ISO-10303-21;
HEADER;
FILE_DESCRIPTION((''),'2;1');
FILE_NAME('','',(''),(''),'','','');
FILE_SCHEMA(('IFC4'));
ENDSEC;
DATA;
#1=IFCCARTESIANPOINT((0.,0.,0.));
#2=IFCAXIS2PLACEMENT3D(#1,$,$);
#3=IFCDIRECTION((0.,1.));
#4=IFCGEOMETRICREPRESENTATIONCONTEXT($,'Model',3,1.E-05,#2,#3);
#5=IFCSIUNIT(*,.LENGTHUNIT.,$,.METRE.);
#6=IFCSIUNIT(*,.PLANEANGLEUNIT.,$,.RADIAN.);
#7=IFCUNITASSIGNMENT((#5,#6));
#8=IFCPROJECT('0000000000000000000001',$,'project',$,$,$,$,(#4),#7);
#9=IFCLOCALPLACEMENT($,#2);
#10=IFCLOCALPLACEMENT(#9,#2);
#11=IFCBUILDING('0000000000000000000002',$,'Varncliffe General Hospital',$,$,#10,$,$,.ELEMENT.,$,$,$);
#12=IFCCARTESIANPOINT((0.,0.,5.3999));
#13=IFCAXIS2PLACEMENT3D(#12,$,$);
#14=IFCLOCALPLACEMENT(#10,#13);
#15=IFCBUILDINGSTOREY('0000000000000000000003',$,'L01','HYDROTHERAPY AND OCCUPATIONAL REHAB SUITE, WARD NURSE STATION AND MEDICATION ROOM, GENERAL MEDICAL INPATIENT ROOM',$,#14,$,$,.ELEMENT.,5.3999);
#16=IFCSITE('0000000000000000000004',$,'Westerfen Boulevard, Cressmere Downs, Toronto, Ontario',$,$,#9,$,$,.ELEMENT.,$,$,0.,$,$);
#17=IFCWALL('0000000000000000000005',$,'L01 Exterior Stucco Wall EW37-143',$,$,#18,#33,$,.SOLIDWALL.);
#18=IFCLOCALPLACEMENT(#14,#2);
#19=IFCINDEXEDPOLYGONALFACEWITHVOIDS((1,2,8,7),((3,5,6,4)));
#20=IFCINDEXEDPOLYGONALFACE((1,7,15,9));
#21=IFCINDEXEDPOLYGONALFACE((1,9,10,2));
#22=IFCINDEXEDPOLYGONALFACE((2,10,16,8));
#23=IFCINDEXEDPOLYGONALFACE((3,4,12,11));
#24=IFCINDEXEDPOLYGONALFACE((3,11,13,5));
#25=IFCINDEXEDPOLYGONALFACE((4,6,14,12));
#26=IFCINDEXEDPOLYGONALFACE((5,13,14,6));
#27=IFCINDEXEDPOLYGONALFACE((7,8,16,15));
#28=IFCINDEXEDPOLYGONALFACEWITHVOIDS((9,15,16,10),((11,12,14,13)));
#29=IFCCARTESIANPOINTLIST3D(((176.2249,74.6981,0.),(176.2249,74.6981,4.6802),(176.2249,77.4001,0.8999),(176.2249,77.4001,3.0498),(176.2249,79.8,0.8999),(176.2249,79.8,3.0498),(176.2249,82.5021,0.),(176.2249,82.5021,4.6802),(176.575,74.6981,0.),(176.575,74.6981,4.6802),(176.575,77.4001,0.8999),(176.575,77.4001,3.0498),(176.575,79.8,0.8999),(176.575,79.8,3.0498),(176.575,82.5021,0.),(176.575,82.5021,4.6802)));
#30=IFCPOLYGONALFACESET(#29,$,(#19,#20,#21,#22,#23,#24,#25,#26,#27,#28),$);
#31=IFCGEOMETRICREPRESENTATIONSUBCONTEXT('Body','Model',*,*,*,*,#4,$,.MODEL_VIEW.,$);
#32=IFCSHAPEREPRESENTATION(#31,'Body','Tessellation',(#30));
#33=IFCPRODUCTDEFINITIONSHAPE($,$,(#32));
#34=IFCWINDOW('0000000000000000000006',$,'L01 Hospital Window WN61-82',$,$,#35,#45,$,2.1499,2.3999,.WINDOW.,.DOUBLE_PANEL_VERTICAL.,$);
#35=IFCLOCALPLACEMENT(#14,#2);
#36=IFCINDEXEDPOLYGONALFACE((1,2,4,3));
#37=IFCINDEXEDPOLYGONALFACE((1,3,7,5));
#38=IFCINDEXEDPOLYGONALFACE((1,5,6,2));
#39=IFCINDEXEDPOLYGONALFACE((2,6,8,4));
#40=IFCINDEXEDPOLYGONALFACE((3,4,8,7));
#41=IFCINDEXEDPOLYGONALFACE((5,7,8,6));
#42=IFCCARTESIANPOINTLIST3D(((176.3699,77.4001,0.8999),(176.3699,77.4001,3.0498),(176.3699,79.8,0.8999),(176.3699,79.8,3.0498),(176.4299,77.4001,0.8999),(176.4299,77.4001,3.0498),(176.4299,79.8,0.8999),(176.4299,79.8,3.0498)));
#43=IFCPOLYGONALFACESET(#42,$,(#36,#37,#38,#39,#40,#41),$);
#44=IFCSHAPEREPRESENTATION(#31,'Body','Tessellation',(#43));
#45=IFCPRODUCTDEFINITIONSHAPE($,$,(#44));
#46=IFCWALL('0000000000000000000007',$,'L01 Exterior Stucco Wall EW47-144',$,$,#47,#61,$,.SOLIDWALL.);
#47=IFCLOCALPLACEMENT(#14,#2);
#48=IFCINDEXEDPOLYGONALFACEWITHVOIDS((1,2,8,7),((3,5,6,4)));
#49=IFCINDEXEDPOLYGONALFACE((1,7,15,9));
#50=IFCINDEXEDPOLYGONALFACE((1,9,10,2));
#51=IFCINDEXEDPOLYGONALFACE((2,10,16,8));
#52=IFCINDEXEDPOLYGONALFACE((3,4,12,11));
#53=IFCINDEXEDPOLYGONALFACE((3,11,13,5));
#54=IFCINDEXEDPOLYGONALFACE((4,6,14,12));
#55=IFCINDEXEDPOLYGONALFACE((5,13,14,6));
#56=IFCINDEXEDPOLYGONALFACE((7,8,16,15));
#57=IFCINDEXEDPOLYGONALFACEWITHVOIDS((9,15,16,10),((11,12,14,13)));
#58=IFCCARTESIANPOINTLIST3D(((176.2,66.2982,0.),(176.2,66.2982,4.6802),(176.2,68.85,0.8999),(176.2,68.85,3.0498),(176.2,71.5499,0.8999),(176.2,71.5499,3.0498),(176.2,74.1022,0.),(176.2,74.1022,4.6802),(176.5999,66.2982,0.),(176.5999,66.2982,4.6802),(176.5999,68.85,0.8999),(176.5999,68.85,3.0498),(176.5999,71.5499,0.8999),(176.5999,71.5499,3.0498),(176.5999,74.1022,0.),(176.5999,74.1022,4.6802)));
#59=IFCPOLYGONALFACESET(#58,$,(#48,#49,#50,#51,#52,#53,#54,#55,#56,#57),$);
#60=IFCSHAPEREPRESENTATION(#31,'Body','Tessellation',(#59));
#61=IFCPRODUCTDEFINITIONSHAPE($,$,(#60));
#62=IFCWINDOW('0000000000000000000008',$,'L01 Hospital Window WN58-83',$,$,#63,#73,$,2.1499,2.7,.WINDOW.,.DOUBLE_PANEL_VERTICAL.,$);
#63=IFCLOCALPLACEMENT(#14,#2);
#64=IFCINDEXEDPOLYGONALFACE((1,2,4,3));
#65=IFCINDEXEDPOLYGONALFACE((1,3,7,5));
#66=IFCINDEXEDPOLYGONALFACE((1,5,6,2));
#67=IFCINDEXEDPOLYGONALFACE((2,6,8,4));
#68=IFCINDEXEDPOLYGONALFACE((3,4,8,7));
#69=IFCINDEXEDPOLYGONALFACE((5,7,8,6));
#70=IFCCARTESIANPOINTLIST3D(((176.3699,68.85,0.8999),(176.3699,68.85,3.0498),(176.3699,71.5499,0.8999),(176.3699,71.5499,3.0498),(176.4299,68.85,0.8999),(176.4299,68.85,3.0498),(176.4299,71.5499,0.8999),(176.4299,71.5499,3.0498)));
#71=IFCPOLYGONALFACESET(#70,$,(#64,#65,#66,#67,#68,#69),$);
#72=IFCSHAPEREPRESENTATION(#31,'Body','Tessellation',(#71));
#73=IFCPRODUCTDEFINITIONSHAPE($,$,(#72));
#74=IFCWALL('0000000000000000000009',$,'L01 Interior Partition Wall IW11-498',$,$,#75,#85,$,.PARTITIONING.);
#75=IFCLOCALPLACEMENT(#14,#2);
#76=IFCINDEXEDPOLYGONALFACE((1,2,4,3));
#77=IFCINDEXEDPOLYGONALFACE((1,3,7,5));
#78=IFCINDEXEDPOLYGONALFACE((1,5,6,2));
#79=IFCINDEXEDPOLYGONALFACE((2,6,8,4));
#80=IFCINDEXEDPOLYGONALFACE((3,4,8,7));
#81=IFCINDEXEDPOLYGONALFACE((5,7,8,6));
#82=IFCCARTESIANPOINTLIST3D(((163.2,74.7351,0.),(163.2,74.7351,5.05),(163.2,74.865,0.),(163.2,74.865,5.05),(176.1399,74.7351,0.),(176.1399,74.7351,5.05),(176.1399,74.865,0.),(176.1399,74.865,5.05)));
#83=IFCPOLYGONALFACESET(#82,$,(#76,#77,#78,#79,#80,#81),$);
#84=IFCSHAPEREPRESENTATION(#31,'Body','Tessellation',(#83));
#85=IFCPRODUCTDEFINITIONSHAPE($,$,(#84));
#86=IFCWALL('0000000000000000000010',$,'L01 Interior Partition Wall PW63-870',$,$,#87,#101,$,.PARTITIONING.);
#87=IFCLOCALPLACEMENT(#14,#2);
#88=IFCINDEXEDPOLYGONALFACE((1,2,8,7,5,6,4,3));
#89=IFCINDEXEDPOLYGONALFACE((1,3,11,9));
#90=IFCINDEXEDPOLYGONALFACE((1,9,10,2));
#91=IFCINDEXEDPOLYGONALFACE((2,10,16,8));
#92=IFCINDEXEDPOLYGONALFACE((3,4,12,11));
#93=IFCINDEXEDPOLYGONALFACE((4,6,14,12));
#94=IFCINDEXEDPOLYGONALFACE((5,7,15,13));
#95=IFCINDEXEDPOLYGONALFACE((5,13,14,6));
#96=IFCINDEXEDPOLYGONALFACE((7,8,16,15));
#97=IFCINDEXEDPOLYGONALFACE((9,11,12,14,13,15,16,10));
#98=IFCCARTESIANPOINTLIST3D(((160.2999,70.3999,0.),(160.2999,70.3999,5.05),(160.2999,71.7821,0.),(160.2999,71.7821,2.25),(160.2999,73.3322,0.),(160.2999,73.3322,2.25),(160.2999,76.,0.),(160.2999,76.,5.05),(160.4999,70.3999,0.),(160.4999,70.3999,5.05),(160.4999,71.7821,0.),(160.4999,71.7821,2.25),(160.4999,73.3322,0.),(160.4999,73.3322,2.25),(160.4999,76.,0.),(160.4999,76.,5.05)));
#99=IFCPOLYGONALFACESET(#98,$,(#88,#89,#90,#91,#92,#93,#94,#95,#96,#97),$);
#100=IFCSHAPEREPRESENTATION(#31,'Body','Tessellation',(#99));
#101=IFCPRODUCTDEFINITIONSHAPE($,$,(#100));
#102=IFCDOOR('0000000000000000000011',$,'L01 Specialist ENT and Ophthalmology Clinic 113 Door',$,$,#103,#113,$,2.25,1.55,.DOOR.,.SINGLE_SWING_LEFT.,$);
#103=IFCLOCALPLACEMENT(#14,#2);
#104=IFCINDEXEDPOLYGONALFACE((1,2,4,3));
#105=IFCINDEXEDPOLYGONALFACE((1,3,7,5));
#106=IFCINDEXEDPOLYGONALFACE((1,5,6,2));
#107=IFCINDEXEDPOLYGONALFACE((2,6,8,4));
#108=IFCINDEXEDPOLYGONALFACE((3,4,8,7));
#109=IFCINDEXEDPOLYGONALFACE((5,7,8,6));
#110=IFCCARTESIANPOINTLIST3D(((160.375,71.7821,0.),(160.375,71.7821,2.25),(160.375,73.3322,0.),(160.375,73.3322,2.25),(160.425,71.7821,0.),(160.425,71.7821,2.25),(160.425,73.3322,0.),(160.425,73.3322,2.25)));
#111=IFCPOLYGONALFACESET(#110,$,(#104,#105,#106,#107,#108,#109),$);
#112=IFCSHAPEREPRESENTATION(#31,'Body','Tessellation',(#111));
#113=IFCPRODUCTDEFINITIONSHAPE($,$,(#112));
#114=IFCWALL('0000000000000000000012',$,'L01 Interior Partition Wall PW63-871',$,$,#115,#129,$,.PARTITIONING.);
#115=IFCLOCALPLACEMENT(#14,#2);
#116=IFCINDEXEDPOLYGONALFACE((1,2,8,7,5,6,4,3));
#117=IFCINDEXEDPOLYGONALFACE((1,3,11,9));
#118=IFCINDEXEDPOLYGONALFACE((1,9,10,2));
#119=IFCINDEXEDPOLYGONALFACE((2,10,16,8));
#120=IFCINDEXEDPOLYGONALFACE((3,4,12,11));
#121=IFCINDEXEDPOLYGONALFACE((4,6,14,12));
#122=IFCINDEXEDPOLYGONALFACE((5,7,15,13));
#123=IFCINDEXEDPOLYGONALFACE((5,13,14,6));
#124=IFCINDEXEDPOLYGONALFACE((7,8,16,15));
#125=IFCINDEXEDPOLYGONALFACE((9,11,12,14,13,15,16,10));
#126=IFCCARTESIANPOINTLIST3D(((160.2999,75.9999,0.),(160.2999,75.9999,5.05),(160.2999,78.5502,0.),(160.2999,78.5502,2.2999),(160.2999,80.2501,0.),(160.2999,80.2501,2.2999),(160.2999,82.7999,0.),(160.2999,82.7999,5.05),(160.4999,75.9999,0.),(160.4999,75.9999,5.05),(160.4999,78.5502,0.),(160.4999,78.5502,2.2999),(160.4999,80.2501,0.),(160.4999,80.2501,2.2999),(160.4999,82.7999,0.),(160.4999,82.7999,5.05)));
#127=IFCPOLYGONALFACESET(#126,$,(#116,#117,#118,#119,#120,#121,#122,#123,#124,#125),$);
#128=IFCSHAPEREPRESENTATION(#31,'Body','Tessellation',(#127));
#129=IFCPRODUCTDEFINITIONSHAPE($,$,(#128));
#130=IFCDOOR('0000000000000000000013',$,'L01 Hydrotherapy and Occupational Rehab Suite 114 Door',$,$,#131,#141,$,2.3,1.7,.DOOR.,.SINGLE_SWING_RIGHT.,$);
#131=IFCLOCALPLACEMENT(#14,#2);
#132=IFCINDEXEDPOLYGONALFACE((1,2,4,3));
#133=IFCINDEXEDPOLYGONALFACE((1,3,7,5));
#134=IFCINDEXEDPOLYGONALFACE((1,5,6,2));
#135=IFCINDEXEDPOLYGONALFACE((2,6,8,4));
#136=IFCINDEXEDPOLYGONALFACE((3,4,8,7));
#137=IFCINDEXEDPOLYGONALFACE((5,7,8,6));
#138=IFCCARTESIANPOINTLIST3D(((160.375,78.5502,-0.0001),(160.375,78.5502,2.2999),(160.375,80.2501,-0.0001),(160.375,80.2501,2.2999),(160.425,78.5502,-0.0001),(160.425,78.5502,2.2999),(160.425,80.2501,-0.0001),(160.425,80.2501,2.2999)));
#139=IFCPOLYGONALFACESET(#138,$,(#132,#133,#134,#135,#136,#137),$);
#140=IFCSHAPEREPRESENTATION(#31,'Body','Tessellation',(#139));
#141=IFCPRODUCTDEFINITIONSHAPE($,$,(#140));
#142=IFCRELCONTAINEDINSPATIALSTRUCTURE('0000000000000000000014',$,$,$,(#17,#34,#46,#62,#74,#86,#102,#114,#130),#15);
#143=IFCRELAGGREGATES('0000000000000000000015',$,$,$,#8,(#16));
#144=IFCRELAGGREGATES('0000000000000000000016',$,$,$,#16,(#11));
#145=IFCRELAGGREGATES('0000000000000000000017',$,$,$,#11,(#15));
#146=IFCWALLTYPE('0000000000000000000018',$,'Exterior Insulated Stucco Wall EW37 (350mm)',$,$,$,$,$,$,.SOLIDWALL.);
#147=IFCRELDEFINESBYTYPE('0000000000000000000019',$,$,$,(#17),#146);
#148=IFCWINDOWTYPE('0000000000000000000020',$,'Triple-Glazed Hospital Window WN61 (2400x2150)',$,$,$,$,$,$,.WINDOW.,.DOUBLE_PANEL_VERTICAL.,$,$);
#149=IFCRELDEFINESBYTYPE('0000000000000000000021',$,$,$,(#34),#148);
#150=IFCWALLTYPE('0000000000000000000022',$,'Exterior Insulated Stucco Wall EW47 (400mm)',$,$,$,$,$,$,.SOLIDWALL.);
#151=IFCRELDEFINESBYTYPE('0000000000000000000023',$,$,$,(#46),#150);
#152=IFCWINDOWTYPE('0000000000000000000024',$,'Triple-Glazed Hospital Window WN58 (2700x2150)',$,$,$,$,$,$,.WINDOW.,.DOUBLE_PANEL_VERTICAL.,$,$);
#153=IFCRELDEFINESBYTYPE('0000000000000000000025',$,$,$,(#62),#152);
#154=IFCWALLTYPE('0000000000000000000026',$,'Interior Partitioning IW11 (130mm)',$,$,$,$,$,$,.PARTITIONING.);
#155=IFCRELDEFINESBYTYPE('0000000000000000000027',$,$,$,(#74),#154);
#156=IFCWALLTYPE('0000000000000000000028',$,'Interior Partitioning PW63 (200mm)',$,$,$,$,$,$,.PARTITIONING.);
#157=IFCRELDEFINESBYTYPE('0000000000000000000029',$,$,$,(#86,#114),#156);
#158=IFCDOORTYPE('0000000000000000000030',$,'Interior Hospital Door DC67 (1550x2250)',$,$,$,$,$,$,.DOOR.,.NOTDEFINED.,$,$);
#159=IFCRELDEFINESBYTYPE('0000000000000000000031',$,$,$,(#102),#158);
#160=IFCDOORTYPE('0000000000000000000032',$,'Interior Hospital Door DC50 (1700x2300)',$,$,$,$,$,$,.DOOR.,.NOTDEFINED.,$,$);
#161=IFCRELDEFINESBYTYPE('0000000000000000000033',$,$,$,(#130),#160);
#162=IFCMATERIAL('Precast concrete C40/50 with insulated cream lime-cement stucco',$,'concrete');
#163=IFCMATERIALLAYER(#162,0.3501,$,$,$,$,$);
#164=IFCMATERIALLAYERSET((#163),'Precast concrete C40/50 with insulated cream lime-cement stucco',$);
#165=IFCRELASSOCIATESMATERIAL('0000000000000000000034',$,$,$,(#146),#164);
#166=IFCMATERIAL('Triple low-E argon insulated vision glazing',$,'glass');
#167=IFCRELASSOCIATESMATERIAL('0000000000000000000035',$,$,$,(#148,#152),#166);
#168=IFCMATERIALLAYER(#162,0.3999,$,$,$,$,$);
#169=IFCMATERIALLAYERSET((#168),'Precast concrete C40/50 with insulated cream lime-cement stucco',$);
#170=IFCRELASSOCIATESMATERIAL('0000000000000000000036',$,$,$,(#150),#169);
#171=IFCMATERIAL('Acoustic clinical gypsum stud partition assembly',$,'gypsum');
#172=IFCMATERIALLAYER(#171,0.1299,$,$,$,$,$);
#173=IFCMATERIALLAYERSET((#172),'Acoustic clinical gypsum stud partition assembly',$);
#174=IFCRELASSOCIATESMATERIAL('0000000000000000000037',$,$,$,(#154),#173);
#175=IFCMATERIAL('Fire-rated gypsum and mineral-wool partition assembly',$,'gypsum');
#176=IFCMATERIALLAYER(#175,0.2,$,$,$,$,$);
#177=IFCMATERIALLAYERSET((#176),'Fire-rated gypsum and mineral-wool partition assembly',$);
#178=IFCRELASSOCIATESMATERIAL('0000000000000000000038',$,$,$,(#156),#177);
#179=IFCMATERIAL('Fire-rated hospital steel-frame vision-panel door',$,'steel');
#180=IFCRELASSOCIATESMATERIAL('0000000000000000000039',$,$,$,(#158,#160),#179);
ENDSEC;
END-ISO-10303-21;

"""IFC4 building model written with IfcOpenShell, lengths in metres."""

from ifc_helpers import new_model, si_unit, direction, frame, frame_2d, origin, place, context, subcontext, project, spatial, rectangle, extrude, material, layer, layer_set, type_object, element, fill, save


model = new_model("IFC4")

# Units and contexts
model_context = context("Model", 3, precision=1e-05, world=origin(), true_north=direction((0.0, 1.0)))
body_context = subcontext(model_context, "Body", "Model", "MODEL_VIEW")
ifc_project = project(units=[si_unit("LENGTHUNIT", "METRE"), si_unit("PLANEANGLEUNIT", "RADIAN")], contexts=[model_context])

# Site, building, storey
site_placement = place(None, origin())
site = spatial("IfcSite", under=ifc_project, at=site_placement, Name="Westerfen Boulevard, Cressmere Downs, Toronto, Ontario", CompositionType="ELEMENT", RefElevation=0.0)
building_placement = place(site_placement, origin())
building = spatial("IfcBuilding", under=site, at=building_placement, Name="Varncliffe General Hospital", CompositionType="ELEMENT")
storey_placement = place(building_placement, frame((0.0, 0.0, 5.3999)))
storey = spatial("IfcBuildingStorey", under=building, at=storey_placement, Name="L01", Description="HYDROTHERAPY AND OCCUPATIONAL REHAB SUITE, WARD NURSE STATION AND MEDICATION ROOM, GENERAL MEDICAL INPATIENT ROOM", CompositionType="ELEMENT", Elevation=5.3999)

# Walls, openings, windows
ifc_material_1 = material(Name="Precast concrete C40/50 with insulated cream lime-cement stucco", Category="concrete")
ifc_material_2 = material(Name="Triple low-E argon insulated vision glazing", Category="glass")
ifc_layer_1 = layer(ifc_material_1, 0.3501)
ifc_layer_set_1 = layer_set([ifc_layer_1], Name="Precast concrete C40/50 with insulated cream lime-cement stucco")
wall_type_1 = type_object("IfcWallType", Name="Exterior Insulated Stucco Wall EW37 (350mm)", PredefinedType="SOLIDWALL", material=ifc_layer_set_1)
wall_1_placement = place(storey_placement, frame((176.3999, 82.502, 0.0), z_axis=(0.0, 0.0, 1.0), x_axis=(0.0, -1.0, 0.0)))
wall_1 = element("IfcWall", 1, at=wall_1_placement, inside=storey, type_object=wall_type_1, Name="L01 Exterior Stucco Wall EW37-143", PredefinedType="SOLIDWALL", context=body_context, shape_type="SweptSolid", body=[
    extrude(rectangle(XDim=7.804, YDim=0.3501, at=frame_2d((3.9019, 0.0))), origin(), (0.0, 0.0, 1.0), 4.6802),
])
opening_1_placement = place(wall_1_placement, frame((2.7019, 0.0, 0.8999)))
opening_1 = element("IfcOpeningElement", 2, at=opening_1_placement, cuts=wall_1, PredefinedType="OPENING", context=body_context, shape_type="SweptSolid", body=[
    extrude(rectangle(XDim=2.3999, YDim=2.1499, at=frame_2d((1.2, 1.075))), frame((0.0, 0.1851, 0.0), z_axis=(0.0, -1.0, 0.0), x_axis=(1.0, 0.0, 0.0)), (0.0, 0.0, 1.0), 0.3701),
])
window_type_1 = type_object("IfcWindowType", Name="Triple-Glazed Hospital Window WN61 (2400x2150)", PartitioningType="DOUBLE_PANEL_VERTICAL", PredefinedType="WINDOW", material=ifc_material_2)
window_1_placement = place(opening_1_placement, origin())
window_1 = element("IfcWindow", 3, at=window_1_placement, inside=storey, type_object=window_type_1, Name="L01 Hospital Window WN61-82", OverallHeight=2.1499, OverallWidth=2.3999, PartitioningType="DOUBLE_PANEL_VERTICAL", PredefinedType="WINDOW", context=body_context, shape_type="SweptSolid", body=[
    extrude(rectangle(XDim=2.3999, YDim=2.1499, at=frame_2d((1.2, 1.075))), frame((0.0, 0.03, 0.0), z_axis=(0.0, -1.0, 0.0), x_axis=(1.0, 0.0, 0.0)), (0.0, 0.0, 1.0), 0.0601),
])
fill(opening_1, window_1)
ifc_layer_2 = layer(ifc_material_1, 0.3999)
ifc_layer_set_2 = layer_set([ifc_layer_2], Name="Precast concrete C40/50 with insulated cream lime-cement stucco")
wall_type_2 = type_object("IfcWallType", Name="Exterior Insulated Stucco Wall EW47 (400mm)", PredefinedType="SOLIDWALL", material=ifc_layer_set_2)
wall_2_placement = place(storey_placement, frame((176.3999, 74.1021, 0.0), z_axis=(0.0, 0.0, 1.0), x_axis=(0.0, -1.0, 0.0)))
wall_2 = element("IfcWall", 4, at=wall_2_placement, inside=storey, type_object=wall_type_2, Name="L01 Exterior Stucco Wall EW47-144", PredefinedType="SOLIDWALL", context=body_context, shape_type="SweptSolid", body=[
    extrude(rectangle(XDim=7.804, YDim=0.3999, at=frame_2d((3.9019, 0.0))), origin(), (0.0, 0.0, 1.0), 4.6802),
])
opening_2_placement = place(wall_2_placement, frame((2.552, 0.0, 0.8999)))
opening_2 = element("IfcOpeningElement", 5, at=opening_2_placement, cuts=wall_2, PredefinedType="OPENING", context=body_context, shape_type="SweptSolid", body=[
    extrude(rectangle(XDim=2.7, YDim=2.1499, at=frame_2d((1.3501, 1.075))), frame((0.0, 0.21, 0.0), z_axis=(0.0, -1.0, 0.0), x_axis=(1.0, 0.0, 0.0)), (0.0, 0.0, 1.0), 0.4199),
])
window_type_2 = type_object("IfcWindowType", Name="Triple-Glazed Hospital Window WN58 (2700x2150)", PartitioningType="DOUBLE_PANEL_VERTICAL", PredefinedType="WINDOW", material=ifc_material_2)
window_2_placement = place(opening_2_placement, origin())
window_2 = element("IfcWindow", 6, at=window_2_placement, inside=storey, type_object=window_type_2, Name="L01 Hospital Window WN58-83", OverallHeight=2.1499, OverallWidth=2.7, PartitioningType="DOUBLE_PANEL_VERTICAL", PredefinedType="WINDOW", context=body_context, shape_type="SweptSolid", body=[
    extrude(rectangle(XDim=2.7, YDim=2.1499, at=frame_2d((1.3501, 1.075))), frame((0.0, 0.03, 0.0), z_axis=(0.0, -1.0, 0.0), x_axis=(1.0, 0.0, 0.0)), (0.0, 0.0, 1.0), 0.0601),
])
fill(opening_2, window_2)

# Wall
ifc_material_3 = material(Name="Acoustic clinical gypsum stud partition assembly", Category="gypsum")
ifc_layer_3 = layer(ifc_material_3, 0.1299)
ifc_layer_set_3 = layer_set([ifc_layer_3], Name="Acoustic clinical gypsum stud partition assembly")
wall_type_3 = type_object("IfcWallType", Name="Interior Partitioning IW11 (130mm)", PredefinedType="PARTITIONING", material=ifc_layer_set_3)
wall_3_placement = place(storey_placement, frame((163.2, 74.8, 0.0), z_axis=(0.0, 0.0, 1.0), x_axis=(1.0, 0.0, 0.0)))
element("IfcWall", 7, at=wall_3_placement, inside=storey, type_object=wall_type_3, Name="L01 Interior Partition Wall IW11-498", PredefinedType="PARTITIONING", context=body_context, shape_type="SweptSolid", body=[
    extrude(rectangle(XDim=12.9399, YDim=0.1299, at=frame_2d((6.47, 0.0))), origin(), (0.0, 0.0, 1.0), 5.05),
])

# Walls, openings, doors
ifc_material_4 = material(Name="Fire-rated gypsum and mineral-wool partition assembly", Category="gypsum")
ifc_layer_4 = layer(ifc_material_4, 0.2)
ifc_layer_set_4 = layer_set([ifc_layer_4], Name="Fire-rated gypsum and mineral-wool partition assembly")
wall_type_4 = type_object("IfcWallType", Name="Interior Partitioning PW63 (200mm)", PredefinedType="PARTITIONING", material=ifc_layer_set_4)
wall_4_placement = place(storey_placement, frame((160.3999, 70.3999, 0.0), z_axis=(0.0, 0.0, 1.0), x_axis=(0.0, 1.0, 0.0)))
wall_4 = element("IfcWall", 8, at=wall_4_placement, inside=storey, type_object=wall_type_4, Name="L01 Interior Partition Wall PW63-870", PredefinedType="PARTITIONING", context=body_context, shape_type="SweptSolid", body=[
    extrude(rectangle(XDim=5.6001, YDim=0.2, at=frame_2d((2.8, 0.0))), origin(), (0.0, 0.0, 1.0), 5.05),
])
opening_3_placement = place(wall_4_placement, frame((1.3823, 0.0, 0.0)))
opening_3 = element("IfcOpeningElement", 9, at=opening_3_placement, cuts=wall_4, PredefinedType="OPENING", context=body_context, shape_type="SweptSolid", body=[
    extrude(rectangle(XDim=1.55, YDim=2.25, at=frame_2d((0.7749, 1.125))), frame((0.0, 0.1099, 0.0), z_axis=(0.0, -1.0, 0.0), x_axis=(1.0, 0.0, 0.0)), (0.0, 0.0, 1.0), 0.22),
])
ifc_material_5 = material(Name="Fire-rated hospital steel-frame vision-panel door", Category="steel")
door_type_1 = type_object("IfcDoorType", Name="Interior Hospital Door DC67 (1550x2250)", OperationType="NOTDEFINED", PredefinedType="DOOR", material=ifc_material_5)
door_1_placement = place(opening_3_placement, origin())
door_1 = element("IfcDoor", 10, at=door_1_placement, inside=storey, type_object=door_type_1, Name="L01 Specialist ENT and Ophthalmology Clinic 113 Door", OperationType="SINGLE_SWING_LEFT", OverallHeight=2.25, OverallWidth=1.55, PredefinedType="DOOR", context=body_context, shape_type="SweptSolid", body=[
    extrude(rectangle(XDim=1.55, YDim=2.25, at=frame_2d((0.7749, 1.125))), frame((0.0, 0.0249, 0.0), z_axis=(0.0, -1.0, 0.0), x_axis=(1.0, 0.0, 0.0)), (0.0, 0.0, 1.0), 0.05),
])
fill(opening_3, door_1)
wall_5_placement = place(storey_placement, frame((160.3999, 76.0, 0.0), z_axis=(0.0, 0.0, 1.0), x_axis=(0.0, 1.0, 0.0)))
wall_5 = element("IfcWall", 11, at=wall_5_placement, inside=storey, type_object=wall_type_4, Name="L01 Interior Partition Wall PW63-871", PredefinedType="PARTITIONING", context=body_context, shape_type="SweptSolid", body=[
    extrude(rectangle(XDim=6.8, YDim=0.2, at=frame_2d((3.3999, 0.0))), origin(), (0.0, 0.0, 1.0), 5.05),
])
opening_4_placement = place(wall_5_placement, frame((2.55, 0.0, 0.0)))
opening_4 = element("IfcOpeningElement", 12, at=opening_4_placement, cuts=wall_5, PredefinedType="OPENING", context=body_context, shape_type="SweptSolid", body=[
    extrude(rectangle(XDim=1.7, YDim=2.3, at=frame_2d((0.8501, 1.1499))), frame((0.0, 0.1099, 0.0), z_axis=(0.0, -1.0, 0.0), x_axis=(1.0, 0.0, 0.0)), (0.0, 0.0, 1.0), 0.22),
])
door_type_2 = type_object("IfcDoorType", Name="Interior Hospital Door DC50 (1700x2300)", OperationType="NOTDEFINED", PredefinedType="DOOR", material=ifc_material_5)
door_2_placement = place(opening_4_placement, origin())
door_2 = element("IfcDoor", 13, at=door_2_placement, inside=storey, type_object=door_type_2, Name="L01 Hydrotherapy and Occupational Rehab Suite 114 Door", OperationType="SINGLE_SWING_RIGHT", OverallHeight=2.3, OverallWidth=1.7, PredefinedType="DOOR", context=body_context, shape_type="SweptSolid", body=[
    extrude(rectangle(XDim=1.7, YDim=2.3, at=frame_2d((0.8501, 1.1499))), frame((0.0, 0.0249, 0.0), z_axis=(0.0, -1.0, 0.0), x_axis=(1.0, 0.0, 0.0)), (0.0, 0.0, 1.0), 0.05),
])
fill(opening_4, door_2)

save(model, "model.ifc")
